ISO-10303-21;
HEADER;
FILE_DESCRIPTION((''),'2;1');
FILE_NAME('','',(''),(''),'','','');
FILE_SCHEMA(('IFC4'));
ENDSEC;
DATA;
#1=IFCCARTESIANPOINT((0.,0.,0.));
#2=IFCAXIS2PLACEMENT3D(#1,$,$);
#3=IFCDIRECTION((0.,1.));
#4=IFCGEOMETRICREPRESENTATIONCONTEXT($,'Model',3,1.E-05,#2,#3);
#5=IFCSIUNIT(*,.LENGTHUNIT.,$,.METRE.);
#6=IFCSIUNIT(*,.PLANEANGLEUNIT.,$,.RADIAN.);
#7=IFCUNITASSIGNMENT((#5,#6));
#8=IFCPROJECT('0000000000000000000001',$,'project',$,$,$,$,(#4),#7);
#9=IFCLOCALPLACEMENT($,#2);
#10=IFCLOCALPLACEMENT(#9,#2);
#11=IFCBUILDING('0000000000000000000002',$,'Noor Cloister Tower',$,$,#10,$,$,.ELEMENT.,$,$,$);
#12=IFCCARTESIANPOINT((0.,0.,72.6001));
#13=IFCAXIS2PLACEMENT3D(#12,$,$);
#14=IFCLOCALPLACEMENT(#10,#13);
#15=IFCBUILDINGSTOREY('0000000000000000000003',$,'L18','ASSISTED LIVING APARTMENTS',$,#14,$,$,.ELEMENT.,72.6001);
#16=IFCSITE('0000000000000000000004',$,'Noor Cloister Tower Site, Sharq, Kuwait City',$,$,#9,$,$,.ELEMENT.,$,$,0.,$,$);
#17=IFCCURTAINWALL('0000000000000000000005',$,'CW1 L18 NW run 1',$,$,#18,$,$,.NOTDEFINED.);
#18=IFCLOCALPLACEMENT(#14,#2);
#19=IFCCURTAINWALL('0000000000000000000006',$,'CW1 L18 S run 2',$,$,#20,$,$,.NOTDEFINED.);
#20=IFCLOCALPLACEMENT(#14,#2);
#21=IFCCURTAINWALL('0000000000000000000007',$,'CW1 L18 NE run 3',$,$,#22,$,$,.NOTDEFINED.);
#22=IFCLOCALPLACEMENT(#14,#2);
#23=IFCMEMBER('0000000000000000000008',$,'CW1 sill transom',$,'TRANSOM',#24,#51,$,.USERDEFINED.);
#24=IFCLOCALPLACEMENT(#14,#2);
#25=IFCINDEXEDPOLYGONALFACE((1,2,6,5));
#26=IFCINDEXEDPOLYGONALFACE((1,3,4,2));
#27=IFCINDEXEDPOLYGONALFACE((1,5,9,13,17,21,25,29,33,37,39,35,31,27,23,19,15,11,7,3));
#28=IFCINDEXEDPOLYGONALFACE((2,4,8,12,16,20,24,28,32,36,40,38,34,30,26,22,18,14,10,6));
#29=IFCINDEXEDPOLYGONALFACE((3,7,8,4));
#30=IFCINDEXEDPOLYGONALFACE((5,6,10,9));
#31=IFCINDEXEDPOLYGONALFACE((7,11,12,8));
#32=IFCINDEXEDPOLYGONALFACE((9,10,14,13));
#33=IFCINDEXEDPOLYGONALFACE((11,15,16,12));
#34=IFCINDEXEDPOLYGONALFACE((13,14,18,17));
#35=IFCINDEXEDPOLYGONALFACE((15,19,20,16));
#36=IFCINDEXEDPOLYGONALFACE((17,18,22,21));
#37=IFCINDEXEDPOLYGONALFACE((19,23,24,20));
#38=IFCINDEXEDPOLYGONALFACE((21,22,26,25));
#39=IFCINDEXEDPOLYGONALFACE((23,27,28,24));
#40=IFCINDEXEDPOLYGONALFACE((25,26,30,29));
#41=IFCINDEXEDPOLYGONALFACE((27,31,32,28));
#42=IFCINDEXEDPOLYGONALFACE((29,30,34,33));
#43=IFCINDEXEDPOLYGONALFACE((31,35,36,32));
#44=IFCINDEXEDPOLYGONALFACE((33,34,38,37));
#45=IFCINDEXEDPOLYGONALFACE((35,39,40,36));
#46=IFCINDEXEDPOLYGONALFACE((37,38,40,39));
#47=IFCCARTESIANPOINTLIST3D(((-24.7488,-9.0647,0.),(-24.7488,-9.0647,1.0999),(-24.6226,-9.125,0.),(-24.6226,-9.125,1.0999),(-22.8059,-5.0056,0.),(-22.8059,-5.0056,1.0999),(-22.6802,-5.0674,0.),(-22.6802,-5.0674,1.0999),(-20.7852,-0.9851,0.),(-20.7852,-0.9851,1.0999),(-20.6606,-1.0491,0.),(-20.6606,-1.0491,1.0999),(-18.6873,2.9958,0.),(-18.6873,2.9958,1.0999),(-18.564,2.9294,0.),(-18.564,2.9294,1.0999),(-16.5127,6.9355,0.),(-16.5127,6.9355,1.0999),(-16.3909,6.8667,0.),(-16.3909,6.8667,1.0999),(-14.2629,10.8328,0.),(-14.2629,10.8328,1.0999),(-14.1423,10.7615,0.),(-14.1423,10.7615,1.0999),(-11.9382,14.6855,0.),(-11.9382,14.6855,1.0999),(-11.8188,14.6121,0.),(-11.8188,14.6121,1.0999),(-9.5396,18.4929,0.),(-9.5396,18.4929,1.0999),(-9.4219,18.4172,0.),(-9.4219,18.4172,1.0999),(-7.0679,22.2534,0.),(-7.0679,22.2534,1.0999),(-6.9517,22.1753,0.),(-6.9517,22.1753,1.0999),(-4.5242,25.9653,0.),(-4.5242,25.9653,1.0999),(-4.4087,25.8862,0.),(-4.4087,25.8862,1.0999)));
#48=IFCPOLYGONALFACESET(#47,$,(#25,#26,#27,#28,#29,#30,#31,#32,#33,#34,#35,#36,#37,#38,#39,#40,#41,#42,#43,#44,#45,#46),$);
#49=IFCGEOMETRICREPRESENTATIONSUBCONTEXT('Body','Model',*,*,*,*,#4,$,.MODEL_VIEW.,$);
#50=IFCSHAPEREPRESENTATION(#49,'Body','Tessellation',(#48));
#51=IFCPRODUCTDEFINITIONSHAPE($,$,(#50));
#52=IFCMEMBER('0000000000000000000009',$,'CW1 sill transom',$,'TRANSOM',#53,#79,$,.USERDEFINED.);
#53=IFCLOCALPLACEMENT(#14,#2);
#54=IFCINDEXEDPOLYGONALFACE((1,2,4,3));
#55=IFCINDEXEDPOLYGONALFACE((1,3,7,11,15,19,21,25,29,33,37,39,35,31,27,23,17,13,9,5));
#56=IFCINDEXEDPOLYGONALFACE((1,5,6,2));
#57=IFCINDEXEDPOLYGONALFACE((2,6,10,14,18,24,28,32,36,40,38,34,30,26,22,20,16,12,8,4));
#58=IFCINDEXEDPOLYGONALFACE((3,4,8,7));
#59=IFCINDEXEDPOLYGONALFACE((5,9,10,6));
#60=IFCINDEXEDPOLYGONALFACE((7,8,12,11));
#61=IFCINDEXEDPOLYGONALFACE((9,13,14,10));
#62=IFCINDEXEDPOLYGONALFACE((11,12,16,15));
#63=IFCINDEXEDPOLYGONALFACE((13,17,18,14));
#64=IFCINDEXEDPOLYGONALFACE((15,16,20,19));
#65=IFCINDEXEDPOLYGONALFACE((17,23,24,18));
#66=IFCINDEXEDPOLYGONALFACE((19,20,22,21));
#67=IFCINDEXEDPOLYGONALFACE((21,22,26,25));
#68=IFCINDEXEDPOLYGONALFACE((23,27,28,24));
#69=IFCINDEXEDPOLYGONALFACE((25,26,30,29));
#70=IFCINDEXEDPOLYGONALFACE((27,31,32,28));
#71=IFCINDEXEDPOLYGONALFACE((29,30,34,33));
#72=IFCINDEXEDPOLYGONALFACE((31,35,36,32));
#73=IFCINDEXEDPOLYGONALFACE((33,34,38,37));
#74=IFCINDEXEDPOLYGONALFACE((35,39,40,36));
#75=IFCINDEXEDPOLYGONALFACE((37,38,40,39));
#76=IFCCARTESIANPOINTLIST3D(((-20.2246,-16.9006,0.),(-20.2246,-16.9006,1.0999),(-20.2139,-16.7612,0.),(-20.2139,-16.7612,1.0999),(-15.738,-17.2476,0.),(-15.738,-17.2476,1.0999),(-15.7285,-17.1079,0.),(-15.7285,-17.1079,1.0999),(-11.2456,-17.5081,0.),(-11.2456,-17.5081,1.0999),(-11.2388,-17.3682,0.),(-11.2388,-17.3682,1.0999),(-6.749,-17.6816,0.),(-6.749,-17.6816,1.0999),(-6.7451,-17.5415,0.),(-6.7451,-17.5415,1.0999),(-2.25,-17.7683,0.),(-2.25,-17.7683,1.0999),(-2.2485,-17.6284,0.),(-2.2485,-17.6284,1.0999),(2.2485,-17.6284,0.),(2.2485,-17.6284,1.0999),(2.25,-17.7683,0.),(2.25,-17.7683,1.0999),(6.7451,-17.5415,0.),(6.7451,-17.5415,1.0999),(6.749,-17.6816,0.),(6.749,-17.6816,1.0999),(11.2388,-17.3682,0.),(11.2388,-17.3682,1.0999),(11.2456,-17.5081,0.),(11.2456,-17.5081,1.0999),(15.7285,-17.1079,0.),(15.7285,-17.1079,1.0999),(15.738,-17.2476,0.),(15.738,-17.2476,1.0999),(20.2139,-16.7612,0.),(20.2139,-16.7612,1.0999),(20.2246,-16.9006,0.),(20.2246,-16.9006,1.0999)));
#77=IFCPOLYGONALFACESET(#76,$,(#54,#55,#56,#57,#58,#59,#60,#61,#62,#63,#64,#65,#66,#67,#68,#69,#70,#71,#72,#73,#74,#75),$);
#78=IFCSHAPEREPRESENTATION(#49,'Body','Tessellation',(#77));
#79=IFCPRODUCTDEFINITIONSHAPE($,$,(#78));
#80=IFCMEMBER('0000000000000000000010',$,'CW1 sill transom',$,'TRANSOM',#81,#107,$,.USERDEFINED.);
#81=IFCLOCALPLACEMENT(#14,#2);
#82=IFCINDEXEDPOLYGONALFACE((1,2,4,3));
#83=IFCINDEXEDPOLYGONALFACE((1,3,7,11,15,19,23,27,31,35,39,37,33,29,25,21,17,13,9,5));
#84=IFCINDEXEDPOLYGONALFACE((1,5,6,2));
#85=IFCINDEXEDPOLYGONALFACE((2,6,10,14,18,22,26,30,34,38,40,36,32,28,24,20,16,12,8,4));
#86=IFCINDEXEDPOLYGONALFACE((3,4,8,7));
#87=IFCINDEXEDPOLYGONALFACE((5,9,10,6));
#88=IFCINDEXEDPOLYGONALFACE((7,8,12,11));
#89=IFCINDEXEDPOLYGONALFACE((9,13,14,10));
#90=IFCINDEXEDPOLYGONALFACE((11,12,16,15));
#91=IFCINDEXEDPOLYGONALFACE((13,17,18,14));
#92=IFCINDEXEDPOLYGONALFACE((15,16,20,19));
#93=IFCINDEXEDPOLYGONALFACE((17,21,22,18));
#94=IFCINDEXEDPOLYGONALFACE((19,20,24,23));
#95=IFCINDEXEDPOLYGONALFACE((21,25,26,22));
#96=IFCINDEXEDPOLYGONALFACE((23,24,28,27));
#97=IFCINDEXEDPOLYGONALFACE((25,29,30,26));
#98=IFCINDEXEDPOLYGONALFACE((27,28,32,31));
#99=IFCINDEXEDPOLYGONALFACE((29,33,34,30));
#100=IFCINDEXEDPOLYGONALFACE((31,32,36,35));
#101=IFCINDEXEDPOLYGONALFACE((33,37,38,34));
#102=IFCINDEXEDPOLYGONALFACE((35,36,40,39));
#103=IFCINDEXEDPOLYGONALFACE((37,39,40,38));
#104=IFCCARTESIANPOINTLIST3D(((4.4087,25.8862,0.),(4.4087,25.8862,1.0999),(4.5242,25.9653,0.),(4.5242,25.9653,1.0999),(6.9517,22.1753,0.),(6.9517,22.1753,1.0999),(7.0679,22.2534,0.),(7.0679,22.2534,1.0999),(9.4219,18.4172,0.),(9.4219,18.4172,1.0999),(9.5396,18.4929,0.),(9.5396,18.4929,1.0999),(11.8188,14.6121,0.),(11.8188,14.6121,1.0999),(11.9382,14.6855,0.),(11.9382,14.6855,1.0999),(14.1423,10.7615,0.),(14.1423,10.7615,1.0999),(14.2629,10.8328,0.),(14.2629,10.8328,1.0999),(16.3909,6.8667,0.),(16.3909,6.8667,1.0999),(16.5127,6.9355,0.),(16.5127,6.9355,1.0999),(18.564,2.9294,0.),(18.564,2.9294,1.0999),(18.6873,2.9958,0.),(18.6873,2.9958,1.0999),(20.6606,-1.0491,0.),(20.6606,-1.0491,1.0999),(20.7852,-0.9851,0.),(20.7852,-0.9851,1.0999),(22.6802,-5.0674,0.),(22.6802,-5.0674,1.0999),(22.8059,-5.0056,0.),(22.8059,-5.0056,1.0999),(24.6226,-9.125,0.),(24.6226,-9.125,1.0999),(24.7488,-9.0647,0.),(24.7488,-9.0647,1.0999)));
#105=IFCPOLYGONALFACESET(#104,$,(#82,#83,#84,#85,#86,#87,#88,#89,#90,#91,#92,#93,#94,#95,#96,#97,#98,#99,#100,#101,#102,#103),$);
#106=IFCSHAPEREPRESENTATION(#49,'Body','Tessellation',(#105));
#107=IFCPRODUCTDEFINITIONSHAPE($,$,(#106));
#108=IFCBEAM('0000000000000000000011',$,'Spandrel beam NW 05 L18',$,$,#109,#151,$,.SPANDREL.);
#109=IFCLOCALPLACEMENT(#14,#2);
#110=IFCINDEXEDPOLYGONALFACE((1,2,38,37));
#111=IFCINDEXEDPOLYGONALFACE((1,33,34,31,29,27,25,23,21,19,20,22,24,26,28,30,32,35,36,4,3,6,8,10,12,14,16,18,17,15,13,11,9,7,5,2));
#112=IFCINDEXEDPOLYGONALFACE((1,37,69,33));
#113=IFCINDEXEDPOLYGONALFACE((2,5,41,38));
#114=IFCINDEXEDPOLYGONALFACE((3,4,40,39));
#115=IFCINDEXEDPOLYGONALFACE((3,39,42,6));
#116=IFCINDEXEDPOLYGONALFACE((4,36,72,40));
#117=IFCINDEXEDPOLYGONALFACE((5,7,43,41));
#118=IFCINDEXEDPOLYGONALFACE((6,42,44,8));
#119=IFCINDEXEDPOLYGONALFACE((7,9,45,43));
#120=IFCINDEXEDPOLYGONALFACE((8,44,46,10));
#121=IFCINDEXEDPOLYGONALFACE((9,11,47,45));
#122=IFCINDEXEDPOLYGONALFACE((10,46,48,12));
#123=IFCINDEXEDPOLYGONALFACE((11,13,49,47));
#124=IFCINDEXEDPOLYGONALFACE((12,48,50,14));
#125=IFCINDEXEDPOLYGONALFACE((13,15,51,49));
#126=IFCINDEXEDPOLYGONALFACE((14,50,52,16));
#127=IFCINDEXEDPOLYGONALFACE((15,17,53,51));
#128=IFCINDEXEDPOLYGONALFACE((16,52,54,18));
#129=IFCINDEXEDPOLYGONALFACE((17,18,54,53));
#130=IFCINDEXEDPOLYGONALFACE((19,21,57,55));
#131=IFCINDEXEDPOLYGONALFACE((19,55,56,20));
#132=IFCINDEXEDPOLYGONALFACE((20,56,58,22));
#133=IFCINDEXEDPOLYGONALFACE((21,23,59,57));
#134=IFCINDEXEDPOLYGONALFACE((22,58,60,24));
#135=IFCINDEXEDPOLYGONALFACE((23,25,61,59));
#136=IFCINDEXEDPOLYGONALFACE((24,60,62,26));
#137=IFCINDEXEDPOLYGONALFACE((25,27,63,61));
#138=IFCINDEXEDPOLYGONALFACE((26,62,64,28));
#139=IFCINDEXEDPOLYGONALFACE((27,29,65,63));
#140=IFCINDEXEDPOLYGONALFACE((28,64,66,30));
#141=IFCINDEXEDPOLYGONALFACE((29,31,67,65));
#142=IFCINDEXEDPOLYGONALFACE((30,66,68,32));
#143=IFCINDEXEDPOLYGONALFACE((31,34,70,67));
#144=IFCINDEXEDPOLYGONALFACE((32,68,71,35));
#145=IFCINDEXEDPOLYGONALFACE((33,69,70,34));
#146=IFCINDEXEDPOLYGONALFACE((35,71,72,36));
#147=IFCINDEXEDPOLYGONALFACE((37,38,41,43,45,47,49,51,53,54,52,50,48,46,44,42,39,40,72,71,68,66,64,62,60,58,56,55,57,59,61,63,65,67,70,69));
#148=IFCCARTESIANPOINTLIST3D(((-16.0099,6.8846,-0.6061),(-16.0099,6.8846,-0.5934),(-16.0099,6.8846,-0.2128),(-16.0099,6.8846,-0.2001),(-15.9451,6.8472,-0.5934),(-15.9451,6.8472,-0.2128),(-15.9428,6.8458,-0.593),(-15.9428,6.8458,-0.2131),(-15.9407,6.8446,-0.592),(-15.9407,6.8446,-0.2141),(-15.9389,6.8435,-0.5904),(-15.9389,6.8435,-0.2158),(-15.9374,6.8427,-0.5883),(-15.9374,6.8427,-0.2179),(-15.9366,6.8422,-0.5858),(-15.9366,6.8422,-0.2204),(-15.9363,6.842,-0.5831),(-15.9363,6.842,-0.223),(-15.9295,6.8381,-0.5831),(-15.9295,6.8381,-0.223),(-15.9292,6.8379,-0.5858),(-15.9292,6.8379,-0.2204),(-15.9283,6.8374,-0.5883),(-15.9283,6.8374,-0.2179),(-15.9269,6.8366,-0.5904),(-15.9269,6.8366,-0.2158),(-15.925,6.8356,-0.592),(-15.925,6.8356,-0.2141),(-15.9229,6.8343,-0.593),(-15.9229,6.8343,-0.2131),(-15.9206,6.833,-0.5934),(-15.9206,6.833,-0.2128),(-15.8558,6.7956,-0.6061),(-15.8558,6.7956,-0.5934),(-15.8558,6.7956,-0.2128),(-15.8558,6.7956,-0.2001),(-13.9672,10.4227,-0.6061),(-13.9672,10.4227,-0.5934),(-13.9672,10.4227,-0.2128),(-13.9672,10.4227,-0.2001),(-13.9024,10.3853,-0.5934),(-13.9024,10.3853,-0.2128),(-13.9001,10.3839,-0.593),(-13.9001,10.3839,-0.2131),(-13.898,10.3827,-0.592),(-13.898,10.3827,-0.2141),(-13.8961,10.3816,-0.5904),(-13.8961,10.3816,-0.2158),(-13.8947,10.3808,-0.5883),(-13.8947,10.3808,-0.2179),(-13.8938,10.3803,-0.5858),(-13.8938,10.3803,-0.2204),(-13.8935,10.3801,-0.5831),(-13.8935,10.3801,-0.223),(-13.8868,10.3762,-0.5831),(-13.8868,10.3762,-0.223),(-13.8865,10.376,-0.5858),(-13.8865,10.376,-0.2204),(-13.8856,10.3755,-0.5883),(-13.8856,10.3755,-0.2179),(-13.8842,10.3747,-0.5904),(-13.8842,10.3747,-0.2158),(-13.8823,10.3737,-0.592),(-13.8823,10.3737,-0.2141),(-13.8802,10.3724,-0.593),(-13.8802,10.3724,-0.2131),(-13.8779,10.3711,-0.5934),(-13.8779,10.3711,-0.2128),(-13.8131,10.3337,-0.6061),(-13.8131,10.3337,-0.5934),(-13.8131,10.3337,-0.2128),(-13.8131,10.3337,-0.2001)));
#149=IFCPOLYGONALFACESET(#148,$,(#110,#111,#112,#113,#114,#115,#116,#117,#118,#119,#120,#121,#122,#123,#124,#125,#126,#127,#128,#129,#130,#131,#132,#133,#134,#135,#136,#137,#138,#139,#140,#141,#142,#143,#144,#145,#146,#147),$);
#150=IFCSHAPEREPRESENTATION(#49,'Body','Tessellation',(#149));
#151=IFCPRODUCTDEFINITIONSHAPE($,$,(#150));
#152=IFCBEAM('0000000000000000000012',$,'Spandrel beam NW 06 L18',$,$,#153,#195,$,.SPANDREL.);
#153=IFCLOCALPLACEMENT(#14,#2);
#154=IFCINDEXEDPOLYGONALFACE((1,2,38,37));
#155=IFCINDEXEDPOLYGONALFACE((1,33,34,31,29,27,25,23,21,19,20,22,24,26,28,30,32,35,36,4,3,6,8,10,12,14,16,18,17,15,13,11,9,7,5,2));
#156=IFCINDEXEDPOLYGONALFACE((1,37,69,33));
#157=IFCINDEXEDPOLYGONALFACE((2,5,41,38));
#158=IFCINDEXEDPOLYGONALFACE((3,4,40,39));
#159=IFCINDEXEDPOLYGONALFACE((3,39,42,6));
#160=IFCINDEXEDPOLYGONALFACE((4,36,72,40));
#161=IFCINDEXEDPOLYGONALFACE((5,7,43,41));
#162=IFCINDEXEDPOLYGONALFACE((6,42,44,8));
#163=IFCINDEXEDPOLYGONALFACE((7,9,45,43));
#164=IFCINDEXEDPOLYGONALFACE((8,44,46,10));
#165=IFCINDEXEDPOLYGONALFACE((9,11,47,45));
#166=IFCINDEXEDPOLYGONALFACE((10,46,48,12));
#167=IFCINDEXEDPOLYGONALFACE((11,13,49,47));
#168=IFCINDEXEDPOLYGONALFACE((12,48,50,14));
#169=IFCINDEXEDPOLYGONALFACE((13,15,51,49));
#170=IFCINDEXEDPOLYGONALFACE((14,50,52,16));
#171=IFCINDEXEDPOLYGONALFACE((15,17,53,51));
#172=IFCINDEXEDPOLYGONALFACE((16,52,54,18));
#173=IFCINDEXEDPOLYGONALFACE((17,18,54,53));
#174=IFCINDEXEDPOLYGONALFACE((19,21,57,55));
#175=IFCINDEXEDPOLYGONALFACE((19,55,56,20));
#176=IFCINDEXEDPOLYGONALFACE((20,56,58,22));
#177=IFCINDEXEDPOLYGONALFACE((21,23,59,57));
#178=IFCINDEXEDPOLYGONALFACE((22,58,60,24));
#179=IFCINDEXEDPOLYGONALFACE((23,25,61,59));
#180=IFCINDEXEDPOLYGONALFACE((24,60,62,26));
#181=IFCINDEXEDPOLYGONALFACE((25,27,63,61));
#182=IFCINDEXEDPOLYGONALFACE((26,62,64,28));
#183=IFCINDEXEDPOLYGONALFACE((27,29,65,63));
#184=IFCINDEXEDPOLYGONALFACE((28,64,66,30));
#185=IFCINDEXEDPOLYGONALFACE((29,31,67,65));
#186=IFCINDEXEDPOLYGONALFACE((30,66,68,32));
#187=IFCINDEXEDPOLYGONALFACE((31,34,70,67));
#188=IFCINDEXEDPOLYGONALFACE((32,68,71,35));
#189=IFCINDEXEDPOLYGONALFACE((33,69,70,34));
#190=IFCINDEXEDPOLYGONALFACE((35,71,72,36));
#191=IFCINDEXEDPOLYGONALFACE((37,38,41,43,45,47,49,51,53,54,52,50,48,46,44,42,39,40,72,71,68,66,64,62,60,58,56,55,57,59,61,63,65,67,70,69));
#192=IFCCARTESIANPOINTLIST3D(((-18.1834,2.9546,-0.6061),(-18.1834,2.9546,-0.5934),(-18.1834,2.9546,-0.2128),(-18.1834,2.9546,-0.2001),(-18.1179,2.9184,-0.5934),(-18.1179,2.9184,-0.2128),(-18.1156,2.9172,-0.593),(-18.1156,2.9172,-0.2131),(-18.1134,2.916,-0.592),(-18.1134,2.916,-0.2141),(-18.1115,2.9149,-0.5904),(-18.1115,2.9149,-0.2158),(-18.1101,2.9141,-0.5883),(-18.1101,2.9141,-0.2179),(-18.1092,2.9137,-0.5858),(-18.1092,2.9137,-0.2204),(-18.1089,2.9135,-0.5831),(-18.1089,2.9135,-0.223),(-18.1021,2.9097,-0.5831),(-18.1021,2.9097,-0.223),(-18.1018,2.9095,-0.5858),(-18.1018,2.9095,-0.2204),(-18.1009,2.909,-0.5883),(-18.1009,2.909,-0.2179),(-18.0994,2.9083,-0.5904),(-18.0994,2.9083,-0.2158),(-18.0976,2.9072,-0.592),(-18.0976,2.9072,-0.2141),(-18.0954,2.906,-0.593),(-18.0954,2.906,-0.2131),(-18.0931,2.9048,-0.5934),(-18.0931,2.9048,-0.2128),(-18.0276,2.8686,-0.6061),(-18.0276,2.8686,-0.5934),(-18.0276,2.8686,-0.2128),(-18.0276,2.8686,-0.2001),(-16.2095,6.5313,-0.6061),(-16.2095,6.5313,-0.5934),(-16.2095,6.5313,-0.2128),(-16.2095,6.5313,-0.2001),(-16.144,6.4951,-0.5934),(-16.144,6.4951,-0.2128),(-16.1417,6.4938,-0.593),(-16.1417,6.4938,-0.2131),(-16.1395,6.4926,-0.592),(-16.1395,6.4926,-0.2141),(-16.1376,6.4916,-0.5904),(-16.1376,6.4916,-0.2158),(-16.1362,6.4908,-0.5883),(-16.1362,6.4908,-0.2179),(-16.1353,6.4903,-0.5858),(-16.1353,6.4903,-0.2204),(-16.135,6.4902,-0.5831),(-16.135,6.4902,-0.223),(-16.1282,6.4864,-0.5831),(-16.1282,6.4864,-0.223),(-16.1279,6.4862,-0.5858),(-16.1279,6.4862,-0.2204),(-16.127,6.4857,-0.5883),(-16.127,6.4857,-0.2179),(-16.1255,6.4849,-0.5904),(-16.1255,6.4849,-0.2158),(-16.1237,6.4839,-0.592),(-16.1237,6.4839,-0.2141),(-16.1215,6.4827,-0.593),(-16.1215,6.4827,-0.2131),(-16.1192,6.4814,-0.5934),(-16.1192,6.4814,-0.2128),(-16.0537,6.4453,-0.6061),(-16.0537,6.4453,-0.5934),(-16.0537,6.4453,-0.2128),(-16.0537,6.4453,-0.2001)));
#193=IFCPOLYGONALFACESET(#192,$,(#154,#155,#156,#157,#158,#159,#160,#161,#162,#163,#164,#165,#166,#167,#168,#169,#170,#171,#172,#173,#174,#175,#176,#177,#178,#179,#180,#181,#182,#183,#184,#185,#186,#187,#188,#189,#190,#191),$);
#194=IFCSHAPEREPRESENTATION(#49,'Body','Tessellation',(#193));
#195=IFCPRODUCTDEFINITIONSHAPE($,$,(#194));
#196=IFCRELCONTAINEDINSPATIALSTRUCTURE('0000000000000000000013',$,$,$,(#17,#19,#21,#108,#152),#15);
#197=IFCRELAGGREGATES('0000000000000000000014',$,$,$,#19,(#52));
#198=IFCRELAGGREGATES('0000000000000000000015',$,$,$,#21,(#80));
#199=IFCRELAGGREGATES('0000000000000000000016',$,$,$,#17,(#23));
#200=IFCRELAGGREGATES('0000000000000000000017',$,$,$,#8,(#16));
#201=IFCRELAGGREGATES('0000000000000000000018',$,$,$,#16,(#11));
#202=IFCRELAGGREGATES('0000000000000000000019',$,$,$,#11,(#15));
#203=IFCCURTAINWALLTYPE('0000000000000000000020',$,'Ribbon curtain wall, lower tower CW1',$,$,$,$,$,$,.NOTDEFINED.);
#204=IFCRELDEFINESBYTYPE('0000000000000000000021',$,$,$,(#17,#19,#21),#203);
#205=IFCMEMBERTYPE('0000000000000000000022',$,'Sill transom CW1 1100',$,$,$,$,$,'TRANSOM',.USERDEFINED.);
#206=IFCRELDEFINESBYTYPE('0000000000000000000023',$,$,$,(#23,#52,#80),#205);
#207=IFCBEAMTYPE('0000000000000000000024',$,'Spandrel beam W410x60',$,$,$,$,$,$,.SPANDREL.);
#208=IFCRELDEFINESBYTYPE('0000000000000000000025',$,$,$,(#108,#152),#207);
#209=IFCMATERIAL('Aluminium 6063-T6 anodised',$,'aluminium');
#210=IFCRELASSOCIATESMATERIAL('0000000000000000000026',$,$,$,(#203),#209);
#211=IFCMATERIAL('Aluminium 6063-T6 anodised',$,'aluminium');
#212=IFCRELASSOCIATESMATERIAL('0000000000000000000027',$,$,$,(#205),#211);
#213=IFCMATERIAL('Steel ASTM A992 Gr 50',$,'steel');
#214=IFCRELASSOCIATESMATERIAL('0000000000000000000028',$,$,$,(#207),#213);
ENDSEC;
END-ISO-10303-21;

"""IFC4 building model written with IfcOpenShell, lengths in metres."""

from ifc_helpers import new_model, si_unit, direction, frame, origin, origin_2d, place, context, subcontext, project, spatial, polyline, i_section, outline, extrude, material, material_profile, profile_set, type_object, element, aggregate, save


model = new_model("IFC4")

# Units and contexts
model_context = context("Model", 3, precision=1e-05, world=origin(), true_north=direction((0.0, 1.0)))
body_context = subcontext(model_context, "Body", "Model", "MODEL_VIEW")
ifc_project = project(units=[si_unit("LENGTHUNIT", "METRE"), si_unit("PLANEANGLEUNIT", "RADIAN")], contexts=[model_context])

# Site, building, storey
site_placement = place(None, origin())
site = spatial("IfcSite", under=ifc_project, at=site_placement, Name="Noor Cloister Tower Site, Sharq, Kuwait City", CompositionType="ELEMENT", RefElevation=0.0)
building_placement = place(site_placement, origin())
building = spatial("IfcBuilding", under=site, at=building_placement, Name="Noor Cloister Tower", CompositionType="ELEMENT")
storey_placement = place(building_placement, frame((0.0, 0.0, 72.6001)))
storey = spatial("IfcBuildingStorey", under=building, at=storey_placement, Name="L18", Description="ASSISTED LIVING APARTMENTS", CompositionType="ELEMENT", Elevation=72.6001)

# Curtain walls
ifc_material_1 = material(Name="Aluminium 6063-T6 anodised", Category="aluminium")
curtain_wall_type = type_object("IfcCurtainWallType", Name="Ribbon curtain wall, lower tower CW1", PredefinedType="NOTDEFINED", material=ifc_material_1)
curtain_wall_1_placement = place(storey_placement, origin())
curtain_wall_1 = element("IfcCurtainWall", 1, at=curtain_wall_1_placement, inside=storey, type_object=curtain_wall_type, Name="CW1 L18 NW run 1", PredefinedType="NOTDEFINED")
curtain_wall_2_placement = place(storey_placement, origin())
curtain_wall_2 = element("IfcCurtainWall", 2, at=curtain_wall_2_placement, inside=storey, type_object=curtain_wall_type, Name="CW1 L18 S run 2", PredefinedType="NOTDEFINED")
curtain_wall_3_placement = place(storey_placement, origin())
curtain_wall_3 = element("IfcCurtainWall", 3, at=curtain_wall_3_placement, inside=storey, type_object=curtain_wall_type, Name="CW1 L18 NE run 3", PredefinedType="NOTDEFINED")

# Members
ifc_material_2 = material(Name="Aluminium 6063-T6 anodised", Category="aluminium")
member_type_1 = type_object("IfcMemberType", Name="Sill transom CW1 1100", ElementType="TRANSOM", PredefinedType="USERDEFINED", material=ifc_material_2)
member_1_placement = place(storey_placement, origin())
member_1 = element("IfcMember", 4, at=member_1_placement, type_object=member_type_1, Name="CW1 sill transom", ObjectType="TRANSOM", PredefinedType="USERDEFINED", context=body_context, shape_type="SweptSolid", body=[
    extrude(outline(polyline([(-4.5242, 25.9653), (-7.0679, 22.2534), (-9.5396, 18.4929), (-11.9382, 14.6855), (-14.2629, 10.8328), (-16.5127, 6.9355), (-18.6873, 2.9958), (-20.7852, -0.9851), (-22.8059, -5.0056), (-24.7488, -9.0647), (-24.6226, -9.125), (-22.6802, -5.0674), (-20.6606, -1.0491), (-18.564, 2.9294), (-16.3909, 6.8667), (-14.1423, 10.7615), (-11.8188, 14.6121), (-9.4219, 18.4172), (-6.9517, 22.1753), (-4.4087, 25.8862), (-4.5242, 25.9653)])), origin(), (0.0, 0.0, 1.0), 1.0999),
])
member_2_placement = place(storey_placement, origin())
member_2 = element("IfcMember", 5, at=member_2_placement, type_object=member_type_1, Name="CW1 sill transom", ObjectType="TRANSOM", PredefinedType="USERDEFINED", context=body_context, shape_type="SweptSolid", body=[
    extrude(outline(polyline([(-20.2246, -16.9006), (-15.738, -17.2476), (-11.2456, -17.5081), (-6.749, -17.6816), (-2.25, -17.7683), (2.25, -17.7683), (6.749, -17.6816), (11.2456, -17.5081), (15.738, -17.2476), (20.2246, -16.9006), (20.2139, -16.7612), (15.7285, -17.1079), (11.2388, -17.3682), (6.7451, -17.5415), (2.2485, -17.6284), (-2.2485, -17.6284), (-6.7451, -17.5415), (-11.2388, -17.3682), (-15.7285, -17.1079), (-20.2139, -16.7612), (-20.2246, -16.9006)])), origin(), (0.0, 0.0, 1.0), 1.0999),
])
aggregate(curtain_wall_2, [member_2])
member_3_placement = place(storey_placement, origin())
member_3 = element("IfcMember", 6, at=member_3_placement, type_object=member_type_1, Name="CW1 sill transom", ObjectType="TRANSOM", PredefinedType="USERDEFINED", context=body_context, shape_type="SweptSolid", body=[
    extrude(outline(polyline([(24.7488, -9.0647), (22.8059, -5.0056), (20.7852, -0.9851), (18.6873, 2.9958), (16.5127, 6.9355), (14.2629, 10.8328), (11.9382, 14.6855), (9.5396, 18.4929), (7.0679, 22.2534), (4.5242, 25.9653), (4.4087, 25.8862), (6.9517, 22.1753), (9.4219, 18.4172), (11.8188, 14.6121), (14.1423, 10.7615), (16.3909, 6.8667), (18.564, 2.9294), (20.6606, -1.0491), (22.6802, -5.0674), (24.6226, -9.125), (24.7488, -9.0647)])), origin(), (0.0, 0.0, 1.0), 1.0999),
])
aggregate(curtain_wall_3, [member_3])

# Beams
ifc_material_3 = material(Name="Steel ASTM A992 Gr 50", Category="steel")
ifc_material_profile_1 = material_profile(ifc_material_3, i_section(OverallWidth=0.178, OverallDepth=0.406, WebThickness=0.0078, FlangeThickness=0.0127, FilletRadius=0.0103, at=origin_2d()), Name="W410x60")
ifc_profile_set_1 = profile_set([ifc_material_profile_1], Name="Steel ASTM A992 Gr 50")
beam_type_1 = type_object("IfcBeamType", Name="Spandrel beam W410x60", PredefinedType="SPANDREL", material=ifc_profile_set_1)
beam_1_placement = place(storey_placement, frame((-13.8901, 10.3782, -0.4031), z_axis=(-0.500002, -0.866024, 0.0), x_axis=(0.866024, -0.500002, 0.0)))
element("IfcBeam", 7, at=beam_1_placement, inside=storey, type_object=beam_type_1, Name="Spandrel beam NW 05 L18", PredefinedType="SPANDREL", context=body_context, shape_type="SweptSolid", body=[
    extrude(i_section(OverallWidth=0.178, OverallDepth=0.406, WebThickness=0.0078, FlangeThickness=0.0127, FilletRadius=0.0103, at=origin_2d()), origin(), (0.0, 0.0, 1.0), 4.0854),
])
beam_2_placement = place(storey_placement, frame((-16.1316, 6.4883, -0.4031), z_axis=(-0.48318, -0.875521, 0.0), x_axis=(0.875521, -0.48318, 0.0)))
element("IfcBeam", 8, at=beam_2_placement, inside=storey, type_object=beam_type_1, Name="Spandrel beam NW 06 L18", PredefinedType="SPANDREL", context=body_context, shape_type="SweptSolid", body=[
    extrude(i_section(OverallWidth=0.178, OverallDepth=0.406, WebThickness=0.0078, FlangeThickness=0.0127, FilletRadius=0.0103, at=origin_2d()), origin(), (0.0, 0.0, 1.0), 4.0852),
])

aggregate(curtain_wall_1, [member_1])

save(model, "model.ifc")
